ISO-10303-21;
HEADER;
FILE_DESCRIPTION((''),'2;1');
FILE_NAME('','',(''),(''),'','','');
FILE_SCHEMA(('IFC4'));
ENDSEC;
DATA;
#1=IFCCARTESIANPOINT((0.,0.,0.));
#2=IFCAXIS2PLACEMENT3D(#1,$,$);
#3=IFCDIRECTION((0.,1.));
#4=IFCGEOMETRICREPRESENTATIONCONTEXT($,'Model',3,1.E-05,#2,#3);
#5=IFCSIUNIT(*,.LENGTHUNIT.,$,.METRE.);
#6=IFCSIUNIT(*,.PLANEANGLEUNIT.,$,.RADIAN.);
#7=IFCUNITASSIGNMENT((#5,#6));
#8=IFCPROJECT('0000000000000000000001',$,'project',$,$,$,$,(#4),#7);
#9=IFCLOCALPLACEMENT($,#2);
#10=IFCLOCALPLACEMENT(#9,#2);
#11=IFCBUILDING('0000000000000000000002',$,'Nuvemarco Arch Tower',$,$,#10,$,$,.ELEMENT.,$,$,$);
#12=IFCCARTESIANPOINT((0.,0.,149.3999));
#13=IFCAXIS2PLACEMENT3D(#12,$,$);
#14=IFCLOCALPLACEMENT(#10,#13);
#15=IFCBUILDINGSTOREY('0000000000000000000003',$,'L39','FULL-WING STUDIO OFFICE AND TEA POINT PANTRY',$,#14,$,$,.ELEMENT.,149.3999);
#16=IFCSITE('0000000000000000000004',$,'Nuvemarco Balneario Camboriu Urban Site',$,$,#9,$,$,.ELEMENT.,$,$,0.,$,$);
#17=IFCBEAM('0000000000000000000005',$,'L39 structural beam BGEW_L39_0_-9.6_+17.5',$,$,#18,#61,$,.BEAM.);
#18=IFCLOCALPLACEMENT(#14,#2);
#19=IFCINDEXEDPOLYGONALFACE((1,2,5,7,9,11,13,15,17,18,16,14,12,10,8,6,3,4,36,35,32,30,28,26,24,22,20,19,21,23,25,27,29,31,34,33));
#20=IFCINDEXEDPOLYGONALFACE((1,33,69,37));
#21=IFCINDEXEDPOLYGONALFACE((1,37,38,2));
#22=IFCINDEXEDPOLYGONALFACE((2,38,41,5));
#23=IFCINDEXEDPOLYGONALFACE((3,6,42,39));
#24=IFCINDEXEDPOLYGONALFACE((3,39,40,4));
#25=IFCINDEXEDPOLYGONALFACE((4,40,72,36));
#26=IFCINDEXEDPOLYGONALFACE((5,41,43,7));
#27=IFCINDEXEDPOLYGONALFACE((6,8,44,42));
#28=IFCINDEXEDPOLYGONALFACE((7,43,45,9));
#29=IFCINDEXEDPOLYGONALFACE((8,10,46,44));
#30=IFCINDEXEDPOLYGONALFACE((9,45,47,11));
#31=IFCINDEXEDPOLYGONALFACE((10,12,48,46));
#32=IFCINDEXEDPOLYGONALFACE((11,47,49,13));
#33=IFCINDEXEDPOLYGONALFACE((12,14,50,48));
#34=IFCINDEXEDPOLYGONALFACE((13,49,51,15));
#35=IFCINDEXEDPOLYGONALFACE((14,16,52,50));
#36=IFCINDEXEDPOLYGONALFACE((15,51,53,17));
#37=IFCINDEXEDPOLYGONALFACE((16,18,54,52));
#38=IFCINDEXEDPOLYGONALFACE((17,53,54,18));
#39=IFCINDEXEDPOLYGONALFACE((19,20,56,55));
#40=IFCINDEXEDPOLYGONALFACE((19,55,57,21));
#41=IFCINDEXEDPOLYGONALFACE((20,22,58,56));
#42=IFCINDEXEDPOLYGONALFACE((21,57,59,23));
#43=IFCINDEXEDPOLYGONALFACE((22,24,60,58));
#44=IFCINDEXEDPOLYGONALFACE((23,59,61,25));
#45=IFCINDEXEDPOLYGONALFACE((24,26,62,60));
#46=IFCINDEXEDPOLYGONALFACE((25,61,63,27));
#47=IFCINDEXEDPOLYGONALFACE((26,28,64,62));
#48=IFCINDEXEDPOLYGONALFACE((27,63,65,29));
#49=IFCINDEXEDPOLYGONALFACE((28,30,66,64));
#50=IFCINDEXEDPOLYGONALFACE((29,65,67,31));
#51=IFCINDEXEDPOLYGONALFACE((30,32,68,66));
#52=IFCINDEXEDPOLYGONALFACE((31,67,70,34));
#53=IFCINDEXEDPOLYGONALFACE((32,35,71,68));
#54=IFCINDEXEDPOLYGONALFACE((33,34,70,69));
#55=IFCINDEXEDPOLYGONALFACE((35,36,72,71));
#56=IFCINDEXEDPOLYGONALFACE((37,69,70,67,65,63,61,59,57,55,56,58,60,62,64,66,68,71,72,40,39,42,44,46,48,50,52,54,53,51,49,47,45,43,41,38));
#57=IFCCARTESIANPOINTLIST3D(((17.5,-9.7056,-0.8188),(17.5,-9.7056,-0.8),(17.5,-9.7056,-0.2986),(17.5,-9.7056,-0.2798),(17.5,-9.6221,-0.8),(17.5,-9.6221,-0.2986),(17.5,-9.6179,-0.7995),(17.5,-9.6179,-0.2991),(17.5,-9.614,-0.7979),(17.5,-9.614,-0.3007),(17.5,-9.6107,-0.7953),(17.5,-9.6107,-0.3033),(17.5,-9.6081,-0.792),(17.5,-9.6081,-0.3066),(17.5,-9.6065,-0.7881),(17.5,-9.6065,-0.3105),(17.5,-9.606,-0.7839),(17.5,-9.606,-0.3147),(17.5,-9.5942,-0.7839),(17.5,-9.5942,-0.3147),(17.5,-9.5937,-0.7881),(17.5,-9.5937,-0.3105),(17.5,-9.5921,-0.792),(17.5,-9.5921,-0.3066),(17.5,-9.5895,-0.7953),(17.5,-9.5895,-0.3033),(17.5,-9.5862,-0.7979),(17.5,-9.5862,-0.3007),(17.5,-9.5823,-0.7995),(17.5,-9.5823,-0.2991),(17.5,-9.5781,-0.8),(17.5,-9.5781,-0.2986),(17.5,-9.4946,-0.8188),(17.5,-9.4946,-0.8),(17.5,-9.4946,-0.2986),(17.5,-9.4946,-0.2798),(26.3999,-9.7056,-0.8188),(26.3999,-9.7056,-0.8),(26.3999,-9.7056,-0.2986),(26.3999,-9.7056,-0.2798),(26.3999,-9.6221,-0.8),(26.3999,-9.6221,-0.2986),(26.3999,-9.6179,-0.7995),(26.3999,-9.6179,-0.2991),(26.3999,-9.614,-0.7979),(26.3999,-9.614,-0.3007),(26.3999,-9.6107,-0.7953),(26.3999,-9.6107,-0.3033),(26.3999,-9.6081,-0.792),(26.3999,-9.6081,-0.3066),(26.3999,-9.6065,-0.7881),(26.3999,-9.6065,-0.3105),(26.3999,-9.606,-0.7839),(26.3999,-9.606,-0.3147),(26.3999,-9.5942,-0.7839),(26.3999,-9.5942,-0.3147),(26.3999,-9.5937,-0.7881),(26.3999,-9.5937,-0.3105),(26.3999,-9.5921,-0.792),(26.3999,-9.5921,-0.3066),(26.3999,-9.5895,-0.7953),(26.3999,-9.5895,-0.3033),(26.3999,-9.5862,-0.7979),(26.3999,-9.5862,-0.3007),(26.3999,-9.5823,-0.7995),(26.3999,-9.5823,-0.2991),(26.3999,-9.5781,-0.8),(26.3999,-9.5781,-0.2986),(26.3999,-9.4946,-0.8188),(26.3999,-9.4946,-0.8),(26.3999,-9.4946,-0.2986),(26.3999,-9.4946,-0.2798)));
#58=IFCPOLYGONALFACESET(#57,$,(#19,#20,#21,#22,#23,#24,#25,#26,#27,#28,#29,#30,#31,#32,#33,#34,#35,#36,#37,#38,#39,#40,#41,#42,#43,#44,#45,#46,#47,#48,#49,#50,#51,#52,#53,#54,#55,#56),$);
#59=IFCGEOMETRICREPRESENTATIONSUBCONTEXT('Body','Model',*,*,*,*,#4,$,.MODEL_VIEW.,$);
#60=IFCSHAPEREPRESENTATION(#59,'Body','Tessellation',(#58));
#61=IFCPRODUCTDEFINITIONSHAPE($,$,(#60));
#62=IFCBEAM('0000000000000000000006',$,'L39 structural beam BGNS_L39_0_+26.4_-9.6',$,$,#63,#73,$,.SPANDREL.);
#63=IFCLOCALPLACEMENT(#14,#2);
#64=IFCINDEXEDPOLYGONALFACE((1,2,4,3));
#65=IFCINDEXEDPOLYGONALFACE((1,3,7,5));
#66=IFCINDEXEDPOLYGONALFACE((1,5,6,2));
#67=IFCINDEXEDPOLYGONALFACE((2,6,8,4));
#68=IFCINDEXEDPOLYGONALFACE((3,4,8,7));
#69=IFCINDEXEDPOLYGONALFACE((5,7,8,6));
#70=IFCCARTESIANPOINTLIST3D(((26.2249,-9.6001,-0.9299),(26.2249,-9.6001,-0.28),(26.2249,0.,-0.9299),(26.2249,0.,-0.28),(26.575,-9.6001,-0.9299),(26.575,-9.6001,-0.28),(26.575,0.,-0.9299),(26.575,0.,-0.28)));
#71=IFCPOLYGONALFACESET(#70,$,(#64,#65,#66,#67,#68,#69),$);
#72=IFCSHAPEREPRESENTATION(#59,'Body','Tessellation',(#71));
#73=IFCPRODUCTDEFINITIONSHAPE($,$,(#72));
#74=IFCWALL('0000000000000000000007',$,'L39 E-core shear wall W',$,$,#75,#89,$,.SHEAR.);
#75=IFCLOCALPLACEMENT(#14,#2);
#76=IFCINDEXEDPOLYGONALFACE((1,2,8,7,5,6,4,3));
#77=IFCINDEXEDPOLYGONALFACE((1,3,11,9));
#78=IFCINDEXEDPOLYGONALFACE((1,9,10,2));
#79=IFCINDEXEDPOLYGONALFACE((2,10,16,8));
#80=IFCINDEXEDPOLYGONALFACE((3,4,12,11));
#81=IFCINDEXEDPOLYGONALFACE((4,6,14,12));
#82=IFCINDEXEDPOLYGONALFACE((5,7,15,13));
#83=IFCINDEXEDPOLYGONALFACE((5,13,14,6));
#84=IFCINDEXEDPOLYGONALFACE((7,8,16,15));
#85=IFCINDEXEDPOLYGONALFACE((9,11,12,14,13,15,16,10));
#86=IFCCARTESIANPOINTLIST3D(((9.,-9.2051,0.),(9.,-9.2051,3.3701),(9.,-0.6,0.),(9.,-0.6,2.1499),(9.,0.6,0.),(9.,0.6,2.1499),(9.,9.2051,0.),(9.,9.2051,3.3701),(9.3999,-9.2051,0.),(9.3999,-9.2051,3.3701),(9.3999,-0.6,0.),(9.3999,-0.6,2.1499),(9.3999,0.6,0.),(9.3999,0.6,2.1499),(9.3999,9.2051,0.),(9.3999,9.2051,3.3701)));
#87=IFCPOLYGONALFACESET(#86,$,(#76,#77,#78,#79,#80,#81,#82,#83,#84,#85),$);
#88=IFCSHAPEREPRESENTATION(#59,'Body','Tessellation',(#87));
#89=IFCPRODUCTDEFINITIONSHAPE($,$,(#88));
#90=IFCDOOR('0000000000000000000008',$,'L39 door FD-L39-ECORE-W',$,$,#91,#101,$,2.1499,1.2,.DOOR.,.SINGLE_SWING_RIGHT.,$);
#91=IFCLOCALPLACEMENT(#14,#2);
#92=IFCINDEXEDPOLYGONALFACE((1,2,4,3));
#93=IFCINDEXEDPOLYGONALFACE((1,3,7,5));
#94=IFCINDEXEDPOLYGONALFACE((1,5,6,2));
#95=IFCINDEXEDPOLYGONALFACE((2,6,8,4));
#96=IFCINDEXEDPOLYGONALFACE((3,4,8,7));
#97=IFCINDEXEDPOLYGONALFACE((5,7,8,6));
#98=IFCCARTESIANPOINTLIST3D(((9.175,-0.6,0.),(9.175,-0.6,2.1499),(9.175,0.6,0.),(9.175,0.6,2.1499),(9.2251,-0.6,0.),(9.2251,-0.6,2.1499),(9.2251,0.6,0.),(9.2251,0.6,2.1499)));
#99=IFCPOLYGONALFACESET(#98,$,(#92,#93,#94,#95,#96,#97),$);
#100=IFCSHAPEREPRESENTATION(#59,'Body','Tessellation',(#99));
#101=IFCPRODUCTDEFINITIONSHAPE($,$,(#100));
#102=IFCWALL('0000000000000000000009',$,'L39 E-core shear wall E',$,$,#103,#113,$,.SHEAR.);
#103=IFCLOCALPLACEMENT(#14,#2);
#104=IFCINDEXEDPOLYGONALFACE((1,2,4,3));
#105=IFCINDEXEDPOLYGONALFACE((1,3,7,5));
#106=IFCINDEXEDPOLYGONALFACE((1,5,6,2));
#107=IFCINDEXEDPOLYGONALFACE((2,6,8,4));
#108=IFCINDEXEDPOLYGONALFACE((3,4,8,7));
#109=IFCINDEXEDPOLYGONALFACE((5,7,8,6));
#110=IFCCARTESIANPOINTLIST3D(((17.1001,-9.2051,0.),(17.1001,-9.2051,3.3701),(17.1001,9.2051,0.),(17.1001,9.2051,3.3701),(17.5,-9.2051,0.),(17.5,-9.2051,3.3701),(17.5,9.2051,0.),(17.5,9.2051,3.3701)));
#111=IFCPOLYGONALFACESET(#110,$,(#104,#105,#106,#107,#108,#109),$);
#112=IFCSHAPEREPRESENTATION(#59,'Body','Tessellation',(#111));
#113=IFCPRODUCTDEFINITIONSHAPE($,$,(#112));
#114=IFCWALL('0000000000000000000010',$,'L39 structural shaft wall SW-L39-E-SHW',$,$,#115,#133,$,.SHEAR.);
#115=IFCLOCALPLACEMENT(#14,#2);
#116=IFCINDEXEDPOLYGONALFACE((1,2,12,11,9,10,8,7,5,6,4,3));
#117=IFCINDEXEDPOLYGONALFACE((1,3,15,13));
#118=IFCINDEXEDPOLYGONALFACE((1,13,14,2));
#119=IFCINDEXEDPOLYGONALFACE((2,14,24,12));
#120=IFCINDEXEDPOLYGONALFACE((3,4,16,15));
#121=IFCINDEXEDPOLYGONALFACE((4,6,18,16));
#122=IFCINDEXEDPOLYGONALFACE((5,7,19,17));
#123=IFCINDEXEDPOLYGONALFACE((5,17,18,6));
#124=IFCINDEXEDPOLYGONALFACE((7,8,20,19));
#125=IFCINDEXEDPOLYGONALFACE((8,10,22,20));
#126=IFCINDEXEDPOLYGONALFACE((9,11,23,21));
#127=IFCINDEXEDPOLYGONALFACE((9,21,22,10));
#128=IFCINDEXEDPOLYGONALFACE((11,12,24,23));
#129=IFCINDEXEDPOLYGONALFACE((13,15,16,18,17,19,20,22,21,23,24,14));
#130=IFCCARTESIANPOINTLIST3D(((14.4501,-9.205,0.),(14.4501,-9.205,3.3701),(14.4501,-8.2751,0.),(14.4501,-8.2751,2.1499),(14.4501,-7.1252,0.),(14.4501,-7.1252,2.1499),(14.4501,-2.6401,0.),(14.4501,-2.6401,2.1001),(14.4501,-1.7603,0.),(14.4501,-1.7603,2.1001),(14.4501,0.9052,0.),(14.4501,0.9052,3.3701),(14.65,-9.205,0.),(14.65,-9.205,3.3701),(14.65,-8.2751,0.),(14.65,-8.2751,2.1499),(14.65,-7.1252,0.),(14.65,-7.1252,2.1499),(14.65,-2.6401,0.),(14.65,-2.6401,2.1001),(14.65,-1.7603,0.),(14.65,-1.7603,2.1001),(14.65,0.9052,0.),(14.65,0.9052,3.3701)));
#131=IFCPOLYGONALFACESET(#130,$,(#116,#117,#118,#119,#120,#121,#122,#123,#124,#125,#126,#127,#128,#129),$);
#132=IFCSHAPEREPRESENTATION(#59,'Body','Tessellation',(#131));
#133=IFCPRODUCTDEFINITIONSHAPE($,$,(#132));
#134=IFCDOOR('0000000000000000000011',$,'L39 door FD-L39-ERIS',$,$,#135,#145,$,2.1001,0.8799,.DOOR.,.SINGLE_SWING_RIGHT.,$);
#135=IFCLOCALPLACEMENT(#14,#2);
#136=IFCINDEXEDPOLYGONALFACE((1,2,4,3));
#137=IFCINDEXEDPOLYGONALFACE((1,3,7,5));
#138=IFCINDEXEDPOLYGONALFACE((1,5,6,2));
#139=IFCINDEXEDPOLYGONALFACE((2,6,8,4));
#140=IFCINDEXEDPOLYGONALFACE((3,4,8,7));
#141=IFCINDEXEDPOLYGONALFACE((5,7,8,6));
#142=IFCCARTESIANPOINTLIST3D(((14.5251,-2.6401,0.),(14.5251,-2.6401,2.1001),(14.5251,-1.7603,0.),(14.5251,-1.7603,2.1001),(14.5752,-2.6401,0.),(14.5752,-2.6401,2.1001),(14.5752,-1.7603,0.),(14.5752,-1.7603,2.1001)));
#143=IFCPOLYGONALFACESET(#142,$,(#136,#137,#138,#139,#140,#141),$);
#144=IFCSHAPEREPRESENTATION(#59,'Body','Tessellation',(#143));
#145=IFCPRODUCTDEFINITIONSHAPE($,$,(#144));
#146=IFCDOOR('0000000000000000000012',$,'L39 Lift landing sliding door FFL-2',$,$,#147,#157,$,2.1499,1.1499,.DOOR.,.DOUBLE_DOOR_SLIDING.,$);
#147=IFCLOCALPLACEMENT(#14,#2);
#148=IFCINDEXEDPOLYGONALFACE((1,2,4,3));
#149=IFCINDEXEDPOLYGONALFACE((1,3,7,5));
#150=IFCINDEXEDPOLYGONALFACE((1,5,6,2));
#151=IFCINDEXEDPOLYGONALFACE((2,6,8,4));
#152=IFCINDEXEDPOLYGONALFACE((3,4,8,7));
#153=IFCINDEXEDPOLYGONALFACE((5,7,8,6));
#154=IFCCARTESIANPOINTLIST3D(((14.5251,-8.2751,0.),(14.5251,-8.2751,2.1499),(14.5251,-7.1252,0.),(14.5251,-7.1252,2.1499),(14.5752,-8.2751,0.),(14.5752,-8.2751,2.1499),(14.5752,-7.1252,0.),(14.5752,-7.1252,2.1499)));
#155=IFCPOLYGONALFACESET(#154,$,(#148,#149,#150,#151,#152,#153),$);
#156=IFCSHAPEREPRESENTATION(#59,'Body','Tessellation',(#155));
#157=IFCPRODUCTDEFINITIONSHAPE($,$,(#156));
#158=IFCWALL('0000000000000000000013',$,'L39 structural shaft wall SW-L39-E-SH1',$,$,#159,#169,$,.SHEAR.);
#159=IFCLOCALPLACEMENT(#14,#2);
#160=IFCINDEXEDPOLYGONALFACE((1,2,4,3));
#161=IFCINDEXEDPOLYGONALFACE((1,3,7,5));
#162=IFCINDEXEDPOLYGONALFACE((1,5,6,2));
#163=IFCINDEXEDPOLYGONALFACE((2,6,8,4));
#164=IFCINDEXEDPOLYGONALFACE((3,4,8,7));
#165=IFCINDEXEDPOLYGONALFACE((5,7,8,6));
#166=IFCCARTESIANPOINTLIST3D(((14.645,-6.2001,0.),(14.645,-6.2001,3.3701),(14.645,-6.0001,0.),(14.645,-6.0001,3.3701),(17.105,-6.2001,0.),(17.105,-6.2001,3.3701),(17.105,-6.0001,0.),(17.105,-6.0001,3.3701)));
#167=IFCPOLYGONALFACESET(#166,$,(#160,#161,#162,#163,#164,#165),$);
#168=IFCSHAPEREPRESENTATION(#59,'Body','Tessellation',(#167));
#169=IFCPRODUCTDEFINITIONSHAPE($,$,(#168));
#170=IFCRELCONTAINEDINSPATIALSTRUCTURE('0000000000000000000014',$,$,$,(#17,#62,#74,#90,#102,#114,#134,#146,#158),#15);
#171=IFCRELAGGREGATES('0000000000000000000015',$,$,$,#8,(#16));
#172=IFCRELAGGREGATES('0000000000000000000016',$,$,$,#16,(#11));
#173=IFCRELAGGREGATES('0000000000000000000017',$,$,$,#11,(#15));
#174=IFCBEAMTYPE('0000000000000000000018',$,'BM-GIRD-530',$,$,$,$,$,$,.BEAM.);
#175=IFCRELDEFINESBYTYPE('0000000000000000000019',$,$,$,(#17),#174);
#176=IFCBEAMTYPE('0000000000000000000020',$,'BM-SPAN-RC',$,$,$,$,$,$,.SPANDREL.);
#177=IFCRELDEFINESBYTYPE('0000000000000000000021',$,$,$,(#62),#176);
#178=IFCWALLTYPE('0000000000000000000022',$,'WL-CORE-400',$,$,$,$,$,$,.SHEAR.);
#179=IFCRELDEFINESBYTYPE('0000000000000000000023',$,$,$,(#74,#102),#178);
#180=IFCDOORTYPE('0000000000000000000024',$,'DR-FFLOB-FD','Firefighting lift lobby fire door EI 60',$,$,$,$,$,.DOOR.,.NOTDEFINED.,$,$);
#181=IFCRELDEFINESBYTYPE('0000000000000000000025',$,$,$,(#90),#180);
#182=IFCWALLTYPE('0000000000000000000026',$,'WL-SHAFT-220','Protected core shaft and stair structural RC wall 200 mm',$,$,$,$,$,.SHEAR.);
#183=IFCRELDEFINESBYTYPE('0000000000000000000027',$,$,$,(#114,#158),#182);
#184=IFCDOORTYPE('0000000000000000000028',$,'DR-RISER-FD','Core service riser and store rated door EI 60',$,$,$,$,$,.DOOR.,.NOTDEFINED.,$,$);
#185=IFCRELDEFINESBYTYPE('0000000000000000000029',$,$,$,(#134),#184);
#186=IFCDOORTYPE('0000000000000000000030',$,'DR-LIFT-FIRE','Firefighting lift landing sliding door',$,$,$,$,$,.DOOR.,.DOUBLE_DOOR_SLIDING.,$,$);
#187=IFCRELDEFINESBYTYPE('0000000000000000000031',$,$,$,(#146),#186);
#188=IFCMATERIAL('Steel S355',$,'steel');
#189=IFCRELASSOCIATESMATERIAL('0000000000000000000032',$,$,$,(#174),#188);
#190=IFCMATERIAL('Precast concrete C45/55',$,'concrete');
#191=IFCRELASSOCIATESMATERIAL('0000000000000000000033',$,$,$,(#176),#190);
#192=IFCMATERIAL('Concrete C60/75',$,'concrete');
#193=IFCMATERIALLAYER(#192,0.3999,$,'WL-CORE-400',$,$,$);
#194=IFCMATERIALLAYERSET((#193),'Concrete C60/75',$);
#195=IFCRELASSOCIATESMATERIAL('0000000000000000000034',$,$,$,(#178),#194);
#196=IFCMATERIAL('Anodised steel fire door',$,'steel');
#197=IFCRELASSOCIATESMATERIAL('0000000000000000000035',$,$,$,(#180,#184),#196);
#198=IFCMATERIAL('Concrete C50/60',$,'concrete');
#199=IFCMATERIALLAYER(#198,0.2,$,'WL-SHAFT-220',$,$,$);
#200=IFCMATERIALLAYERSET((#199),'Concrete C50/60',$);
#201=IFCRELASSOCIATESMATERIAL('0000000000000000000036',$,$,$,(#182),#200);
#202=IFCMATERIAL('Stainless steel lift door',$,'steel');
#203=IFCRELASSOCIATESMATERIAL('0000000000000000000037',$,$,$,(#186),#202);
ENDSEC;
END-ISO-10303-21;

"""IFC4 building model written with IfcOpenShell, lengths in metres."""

from ifc_helpers import new_model, si_unit, direction, frame, frame_2d, origin, origin_2d, place, context, subcontext, project, spatial, rectangle, i_section, extrude, source, transform, mapped, material, layer, layer_set, material_profile, profile_set, type_object, type_shapes, element, fill, save


model = new_model("IFC4")

# Units and contexts
model_context = context("Model", 3, precision=1e-05, world=origin(), true_north=direction((0.0, 1.0)))
body_context = subcontext(model_context, "Body", "Model", "MODEL_VIEW")
ifc_project = project(units=[si_unit("LENGTHUNIT", "METRE"), si_unit("PLANEANGLEUNIT", "RADIAN")], contexts=[model_context])

# Site, building, storey
site_placement = place(None, origin())
site = spatial("IfcSite", under=ifc_project, at=site_placement, Name="Nuvemarco Balneario Camboriu Urban Site", CompositionType="ELEMENT", RefElevation=0.0)
building_placement = place(site_placement, origin())
building = spatial("IfcBuilding", under=site, at=building_placement, Name="Nuvemarco Arch Tower", CompositionType="ELEMENT")
storey_placement = place(building_placement, frame((0.0, 0.0, 149.3999)))
storey = spatial("IfcBuildingStorey", under=building, at=storey_placement, Name="L39", Description="FULL-WING STUDIO OFFICE AND TEA POINT PANTRY", CompositionType="ELEMENT", Elevation=149.3999)

# Shared definitions
ifc_material_1 = material(Name="Concrete C50/60", Category="concrete")
ifc_material_2 = material(Name="Steel S355", Category="steel")

# Beams
ifc_material_profile_1 = material_profile(ifc_material_2, i_section(OverallWidth=0.2109, OverallDepth=0.5391, WebThickness=0.0117, FlangeThickness=0.0188, FilletRadius=0.0161, at=origin_2d()), Name="W530x109")
ifc_profile_set_1 = profile_set([ifc_material_profile_1], Name="Steel S355")
beam_type_1 = type_object("IfcBeamType", Name="BM-GIRD-530", PredefinedType="BEAM", material=ifc_profile_set_1)
beam_1_placement = place(storey_placement, frame((17.5, -9.6001, -0.5493), z_axis=(1.0, 0.0, 0.0), x_axis=(0.0, 1.0, 0.0)))
element("IfcBeam", 1, at=beam_1_placement, inside=storey, type_object=beam_type_1, Name="L39 structural beam BGEW_L39_0_-9.6_+17.5", PredefinedType="BEAM", context=body_context, shape_type="SweptSolid", body=[
    extrude(i_section(OverallWidth=0.2109, OverallDepth=0.5391, WebThickness=0.0117, FlangeThickness=0.0188, FilletRadius=0.0161, at=origin_2d()), origin(), (0.0, 0.0, 1.0), 8.8999),
])
ifc_material_3 = material(Name="Precast concrete C45/55", Category="concrete")
ifc_material_profile_2 = material_profile(ifc_material_3, rectangle(XDim=0.3501, YDim=0.6499, at=origin_2d()), Name="PC-SP-350x650")
ifc_profile_set_2 = profile_set([ifc_material_profile_2], Name="Precast concrete C45/55")
beam_type_2 = type_object("IfcBeamType", Name="BM-SPAN-RC", PredefinedType="SPANDREL", material=ifc_profile_set_2)
beam_2_placement = place(storey_placement, frame((26.3999, -9.6001, -0.605), z_axis=(0.0, 1.0, 0.0), x_axis=(-1.0, 0.0, 0.0)))
element("IfcBeam", 2, at=beam_2_placement, inside=storey, type_object=beam_type_2, Name="L39 structural beam BGNS_L39_0_+26.4_-9.6", PredefinedType="SPANDREL", context=body_context, shape_type="SweptSolid", body=[
    extrude(rectangle(XDim=0.3501, YDim=0.6499, at=origin_2d()), origin(), (0.0, 0.0, 1.0), 9.6001),
])

# Wall, opening, door
ifc_material_4 = material(Name="Concrete C60/75", Category="concrete")
ifc_layer_1 = layer(ifc_material_4, 0.3999, Name="WL-CORE-400")
ifc_layer_set_1 = layer_set([ifc_layer_1], Name="Concrete C60/75")
wall_type_1 = type_object("IfcWallType", Name="WL-CORE-400", PredefinedType="SHEAR", material=ifc_layer_set_1)
wall_1_placement = place(storey_placement, frame((9.2, -9.2051, 0.0), z_axis=(0.0, 0.0, 1.0), x_axis=(0.0, 1.0, 0.0)))
wall_1 = element("IfcWall", 3, at=wall_1_placement, inside=storey, type_object=wall_type_1, Name="L39 E-core shear wall W", PredefinedType="SHEAR", context=body_context, shape_type="SweptSolid", body=[
    extrude(rectangle(XDim=18.4102, YDim=0.3999, at=frame_2d((9.2051, 0.0))), origin(), (0.0, 0.0, 1.0), 3.3701),
])
opening_1_placement = place(wall_1_placement, frame((8.605, 0.0, 0.0)))
opening_1 = element("IfcOpeningElement", 4, at=opening_1_placement, cuts=wall_1, PredefinedType="OPENING", context=body_context, shape_type="SweptSolid", body=[
    extrude(rectangle(XDim=1.2, YDim=2.1499, at=frame_2d((0.6001, 1.075))), frame((0.0, 0.21, 0.0), z_axis=(0.0, -1.0, 0.0), x_axis=(1.0, 0.0, 0.0)), (0.0, 0.0, 1.0), 0.4199),
])
ifc_material_5 = material(Name="Anodised steel fire door", Category="steel")
door_type_1 = type_object("IfcDoorType", Name="DR-FFLOB-FD", Description="Firefighting lift lobby fire door EI 60", OperationType="NOTDEFINED", PredefinedType="DOOR", material=ifc_material_5)
shared_shape_1 = source(origin(), body_context, "Body", "SweptSolid", [
    extrude(rectangle(XDim=1.2, YDim=2.1499, at=frame_2d((0.6001, 1.075))), frame((0.0, 0.0249, 0.0), z_axis=(0.0, -1.0, 0.0), x_axis=(1.0, 0.0, 0.0)), (0.0, 0.0, 1.0), 0.05),
])
type_shapes(door_type_1, [shared_shape_1])
door_1_placement = place(opening_1_placement, origin())
door_1 = element("IfcDoor", 5, at=door_1_placement, inside=storey, type_object=door_type_1, Name="L39 door FD-L39-ECORE-W", OperationType="SINGLE_SWING_RIGHT", OverallHeight=2.1499, OverallWidth=1.2, PredefinedType="DOOR", context=body_context, shape_type="MappedRepresentation", body=[
    mapped(shared_shape_1, transform((0.0, 0.0, 0.0), scale=1.0)),
])
fill(opening_1, door_1)

# Wall
wall_2_placement = place(storey_placement, frame((17.3, -9.2051, 0.0), z_axis=(0.0, 0.0, 1.0), x_axis=(0.0, 1.0, 0.0)))
element("IfcWall", 6, at=wall_2_placement, inside=storey, type_object=wall_type_1, Name="L39 E-core shear wall E", PredefinedType="SHEAR", context=body_context, shape_type="SweptSolid", body=[
    extrude(rectangle(XDim=18.4102, YDim=0.3999, at=frame_2d((9.2051, 0.0))), origin(), (0.0, 0.0, 1.0), 3.3701),
])

# Wall, openings, doors
ifc_layer_2 = layer(ifc_material_1, 0.2, Name="WL-SHAFT-220")
ifc_layer_set_2 = layer_set([ifc_layer_2], Name="Concrete C50/60")
wall_type_2 = type_object("IfcWallType", Name="WL-SHAFT-220", Description="Protected core shaft and stair structural RC wall 200 mm", PredefinedType="SHEAR", material=ifc_layer_set_2)
wall_3_placement = place(storey_placement, frame((14.55, -9.2051, 0.0), z_axis=(0.0, 0.0, 1.0), x_axis=(0.0, 1.0, 0.0)))
wall_3 = element("IfcWall", 7, at=wall_3_placement, inside=storey, type_object=wall_type_2, Name="L39 structural shaft wall SW-L39-E-SHW", PredefinedType="SHEAR", context=body_context, shape_type="SweptSolid", body=[
    extrude(rectangle(XDim=10.1101, YDim=0.2, at=frame_2d((5.0552, 0.0))), origin(), (0.0, 0.0, 1.0), 3.3701),
])
opening_2_placement = place(wall_3_placement, frame((6.5649, 0.0, 0.0)))
opening_2 = element("IfcOpeningElement", 8, at=opening_2_placement, cuts=wall_3, PredefinedType="OPENING", context=body_context, shape_type="SweptSolid", body=[
    extrude(rectangle(XDim=0.8799, YDim=2.1001, at=frame_2d((0.4399, 1.05))), frame((0.0, 0.1099, 0.0), z_axis=(0.0, -1.0, 0.0), x_axis=(1.0, 0.0, 0.0)), (0.0, 0.0, 1.0), 0.22),
])
opening_3_placement = place(wall_3_placement, frame((0.9299, 0.0, 0.0)))
opening_3 = element("IfcOpeningElement", 9, at=opening_3_placement, cuts=wall_3, PredefinedType="OPENING", context=body_context, shape_type="SweptSolid", body=[
    extrude(rectangle(XDim=1.1499, YDim=2.1499, at=frame_2d((0.575, 1.075))), frame((0.0, 0.1099, 0.0), z_axis=(0.0, -1.0, 0.0), x_axis=(1.0, 0.0, 0.0)), (0.0, 0.0, 1.0), 0.22),
])
door_type_2 = type_object("IfcDoorType", Name="DR-RISER-FD", Description="Core service riser and store rated door EI 60", OperationType="NOTDEFINED", PredefinedType="DOOR", material=ifc_material_5)
shared_shape_2 = source(origin(), body_context, "Body", "SweptSolid", [
    extrude(rectangle(XDim=0.8799, YDim=2.1001, at=frame_2d((0.4399, 1.05))), frame((0.0, 0.0249, 0.0), z_axis=(0.0, -1.0, 0.0), x_axis=(1.0, 0.0, 0.0)), (0.0, 0.0, 1.0), 0.05),
])
type_shapes(door_type_2, [shared_shape_2])
door_2_placement = place(opening_2_placement, origin())
door_2 = element("IfcDoor", 10, at=door_2_placement, inside=storey, type_object=door_type_2, Name="L39 door FD-L39-ERIS", OperationType="SINGLE_SWING_RIGHT", OverallHeight=2.1001, OverallWidth=0.8799, PredefinedType="DOOR", context=body_context, shape_type="MappedRepresentation", body=[
    mapped(shared_shape_2, transform((0.0, 0.0, 0.0), scale=1.0)),
])
fill(opening_2, door_2)
ifc_material_6 = material(Name="Stainless steel lift door", Category="steel")
door_type_3 = type_object("IfcDoorType", Name="DR-LIFT-FIRE", Description="Firefighting lift landing sliding door", OperationType="DOUBLE_DOOR_SLIDING", PredefinedType="DOOR", material=ifc_material_6)
shared_shape_3 = source(origin(), body_context, "Body", "SweptSolid", [
    extrude(rectangle(XDim=1.1499, YDim=2.1499, at=frame_2d((0.575, 1.075))), frame((0.0, 0.0249, 0.0), z_axis=(0.0, -1.0, 0.0), x_axis=(1.0, 0.0, 0.0)), (0.0, 0.0, 1.0), 0.05),
])
type_shapes(door_type_3, [shared_shape_3])
door_3_placement = place(opening_3_placement, origin())
door_3 = element("IfcDoor", 11, at=door_3_placement, inside=storey, type_object=door_type_3, Name="L39 Lift landing sliding door FFL-2", OperationType="DOUBLE_DOOR_SLIDING", OverallHeight=2.1499, OverallWidth=1.1499, PredefinedType="DOOR", context=body_context, shape_type="MappedRepresentation", body=[
    mapped(shared_shape_3, transform((0.0, 0.0, 0.0), scale=1.0)),
])
fill(opening_3, door_3)

# Wall
wall_4_placement = place(storey_placement, frame((14.645, -6.1001, 0.0), z_axis=(0.0, 0.0, 1.0), x_axis=(1.0, 0.0, 0.0)))
element("IfcWall", 12, at=wall_4_placement, inside=storey, type_object=wall_type_2, Name="L39 structural shaft wall SW-L39-E-SH1", PredefinedType="SHEAR", context=body_context, shape_type="SweptSolid", body=[
    extrude(rectangle(XDim=2.46, YDim=0.2, at=frame_2d((1.23, 0.0))), origin(), (0.0, 0.0, 1.0), 3.3701),
])

save(model, "model.ifc")
